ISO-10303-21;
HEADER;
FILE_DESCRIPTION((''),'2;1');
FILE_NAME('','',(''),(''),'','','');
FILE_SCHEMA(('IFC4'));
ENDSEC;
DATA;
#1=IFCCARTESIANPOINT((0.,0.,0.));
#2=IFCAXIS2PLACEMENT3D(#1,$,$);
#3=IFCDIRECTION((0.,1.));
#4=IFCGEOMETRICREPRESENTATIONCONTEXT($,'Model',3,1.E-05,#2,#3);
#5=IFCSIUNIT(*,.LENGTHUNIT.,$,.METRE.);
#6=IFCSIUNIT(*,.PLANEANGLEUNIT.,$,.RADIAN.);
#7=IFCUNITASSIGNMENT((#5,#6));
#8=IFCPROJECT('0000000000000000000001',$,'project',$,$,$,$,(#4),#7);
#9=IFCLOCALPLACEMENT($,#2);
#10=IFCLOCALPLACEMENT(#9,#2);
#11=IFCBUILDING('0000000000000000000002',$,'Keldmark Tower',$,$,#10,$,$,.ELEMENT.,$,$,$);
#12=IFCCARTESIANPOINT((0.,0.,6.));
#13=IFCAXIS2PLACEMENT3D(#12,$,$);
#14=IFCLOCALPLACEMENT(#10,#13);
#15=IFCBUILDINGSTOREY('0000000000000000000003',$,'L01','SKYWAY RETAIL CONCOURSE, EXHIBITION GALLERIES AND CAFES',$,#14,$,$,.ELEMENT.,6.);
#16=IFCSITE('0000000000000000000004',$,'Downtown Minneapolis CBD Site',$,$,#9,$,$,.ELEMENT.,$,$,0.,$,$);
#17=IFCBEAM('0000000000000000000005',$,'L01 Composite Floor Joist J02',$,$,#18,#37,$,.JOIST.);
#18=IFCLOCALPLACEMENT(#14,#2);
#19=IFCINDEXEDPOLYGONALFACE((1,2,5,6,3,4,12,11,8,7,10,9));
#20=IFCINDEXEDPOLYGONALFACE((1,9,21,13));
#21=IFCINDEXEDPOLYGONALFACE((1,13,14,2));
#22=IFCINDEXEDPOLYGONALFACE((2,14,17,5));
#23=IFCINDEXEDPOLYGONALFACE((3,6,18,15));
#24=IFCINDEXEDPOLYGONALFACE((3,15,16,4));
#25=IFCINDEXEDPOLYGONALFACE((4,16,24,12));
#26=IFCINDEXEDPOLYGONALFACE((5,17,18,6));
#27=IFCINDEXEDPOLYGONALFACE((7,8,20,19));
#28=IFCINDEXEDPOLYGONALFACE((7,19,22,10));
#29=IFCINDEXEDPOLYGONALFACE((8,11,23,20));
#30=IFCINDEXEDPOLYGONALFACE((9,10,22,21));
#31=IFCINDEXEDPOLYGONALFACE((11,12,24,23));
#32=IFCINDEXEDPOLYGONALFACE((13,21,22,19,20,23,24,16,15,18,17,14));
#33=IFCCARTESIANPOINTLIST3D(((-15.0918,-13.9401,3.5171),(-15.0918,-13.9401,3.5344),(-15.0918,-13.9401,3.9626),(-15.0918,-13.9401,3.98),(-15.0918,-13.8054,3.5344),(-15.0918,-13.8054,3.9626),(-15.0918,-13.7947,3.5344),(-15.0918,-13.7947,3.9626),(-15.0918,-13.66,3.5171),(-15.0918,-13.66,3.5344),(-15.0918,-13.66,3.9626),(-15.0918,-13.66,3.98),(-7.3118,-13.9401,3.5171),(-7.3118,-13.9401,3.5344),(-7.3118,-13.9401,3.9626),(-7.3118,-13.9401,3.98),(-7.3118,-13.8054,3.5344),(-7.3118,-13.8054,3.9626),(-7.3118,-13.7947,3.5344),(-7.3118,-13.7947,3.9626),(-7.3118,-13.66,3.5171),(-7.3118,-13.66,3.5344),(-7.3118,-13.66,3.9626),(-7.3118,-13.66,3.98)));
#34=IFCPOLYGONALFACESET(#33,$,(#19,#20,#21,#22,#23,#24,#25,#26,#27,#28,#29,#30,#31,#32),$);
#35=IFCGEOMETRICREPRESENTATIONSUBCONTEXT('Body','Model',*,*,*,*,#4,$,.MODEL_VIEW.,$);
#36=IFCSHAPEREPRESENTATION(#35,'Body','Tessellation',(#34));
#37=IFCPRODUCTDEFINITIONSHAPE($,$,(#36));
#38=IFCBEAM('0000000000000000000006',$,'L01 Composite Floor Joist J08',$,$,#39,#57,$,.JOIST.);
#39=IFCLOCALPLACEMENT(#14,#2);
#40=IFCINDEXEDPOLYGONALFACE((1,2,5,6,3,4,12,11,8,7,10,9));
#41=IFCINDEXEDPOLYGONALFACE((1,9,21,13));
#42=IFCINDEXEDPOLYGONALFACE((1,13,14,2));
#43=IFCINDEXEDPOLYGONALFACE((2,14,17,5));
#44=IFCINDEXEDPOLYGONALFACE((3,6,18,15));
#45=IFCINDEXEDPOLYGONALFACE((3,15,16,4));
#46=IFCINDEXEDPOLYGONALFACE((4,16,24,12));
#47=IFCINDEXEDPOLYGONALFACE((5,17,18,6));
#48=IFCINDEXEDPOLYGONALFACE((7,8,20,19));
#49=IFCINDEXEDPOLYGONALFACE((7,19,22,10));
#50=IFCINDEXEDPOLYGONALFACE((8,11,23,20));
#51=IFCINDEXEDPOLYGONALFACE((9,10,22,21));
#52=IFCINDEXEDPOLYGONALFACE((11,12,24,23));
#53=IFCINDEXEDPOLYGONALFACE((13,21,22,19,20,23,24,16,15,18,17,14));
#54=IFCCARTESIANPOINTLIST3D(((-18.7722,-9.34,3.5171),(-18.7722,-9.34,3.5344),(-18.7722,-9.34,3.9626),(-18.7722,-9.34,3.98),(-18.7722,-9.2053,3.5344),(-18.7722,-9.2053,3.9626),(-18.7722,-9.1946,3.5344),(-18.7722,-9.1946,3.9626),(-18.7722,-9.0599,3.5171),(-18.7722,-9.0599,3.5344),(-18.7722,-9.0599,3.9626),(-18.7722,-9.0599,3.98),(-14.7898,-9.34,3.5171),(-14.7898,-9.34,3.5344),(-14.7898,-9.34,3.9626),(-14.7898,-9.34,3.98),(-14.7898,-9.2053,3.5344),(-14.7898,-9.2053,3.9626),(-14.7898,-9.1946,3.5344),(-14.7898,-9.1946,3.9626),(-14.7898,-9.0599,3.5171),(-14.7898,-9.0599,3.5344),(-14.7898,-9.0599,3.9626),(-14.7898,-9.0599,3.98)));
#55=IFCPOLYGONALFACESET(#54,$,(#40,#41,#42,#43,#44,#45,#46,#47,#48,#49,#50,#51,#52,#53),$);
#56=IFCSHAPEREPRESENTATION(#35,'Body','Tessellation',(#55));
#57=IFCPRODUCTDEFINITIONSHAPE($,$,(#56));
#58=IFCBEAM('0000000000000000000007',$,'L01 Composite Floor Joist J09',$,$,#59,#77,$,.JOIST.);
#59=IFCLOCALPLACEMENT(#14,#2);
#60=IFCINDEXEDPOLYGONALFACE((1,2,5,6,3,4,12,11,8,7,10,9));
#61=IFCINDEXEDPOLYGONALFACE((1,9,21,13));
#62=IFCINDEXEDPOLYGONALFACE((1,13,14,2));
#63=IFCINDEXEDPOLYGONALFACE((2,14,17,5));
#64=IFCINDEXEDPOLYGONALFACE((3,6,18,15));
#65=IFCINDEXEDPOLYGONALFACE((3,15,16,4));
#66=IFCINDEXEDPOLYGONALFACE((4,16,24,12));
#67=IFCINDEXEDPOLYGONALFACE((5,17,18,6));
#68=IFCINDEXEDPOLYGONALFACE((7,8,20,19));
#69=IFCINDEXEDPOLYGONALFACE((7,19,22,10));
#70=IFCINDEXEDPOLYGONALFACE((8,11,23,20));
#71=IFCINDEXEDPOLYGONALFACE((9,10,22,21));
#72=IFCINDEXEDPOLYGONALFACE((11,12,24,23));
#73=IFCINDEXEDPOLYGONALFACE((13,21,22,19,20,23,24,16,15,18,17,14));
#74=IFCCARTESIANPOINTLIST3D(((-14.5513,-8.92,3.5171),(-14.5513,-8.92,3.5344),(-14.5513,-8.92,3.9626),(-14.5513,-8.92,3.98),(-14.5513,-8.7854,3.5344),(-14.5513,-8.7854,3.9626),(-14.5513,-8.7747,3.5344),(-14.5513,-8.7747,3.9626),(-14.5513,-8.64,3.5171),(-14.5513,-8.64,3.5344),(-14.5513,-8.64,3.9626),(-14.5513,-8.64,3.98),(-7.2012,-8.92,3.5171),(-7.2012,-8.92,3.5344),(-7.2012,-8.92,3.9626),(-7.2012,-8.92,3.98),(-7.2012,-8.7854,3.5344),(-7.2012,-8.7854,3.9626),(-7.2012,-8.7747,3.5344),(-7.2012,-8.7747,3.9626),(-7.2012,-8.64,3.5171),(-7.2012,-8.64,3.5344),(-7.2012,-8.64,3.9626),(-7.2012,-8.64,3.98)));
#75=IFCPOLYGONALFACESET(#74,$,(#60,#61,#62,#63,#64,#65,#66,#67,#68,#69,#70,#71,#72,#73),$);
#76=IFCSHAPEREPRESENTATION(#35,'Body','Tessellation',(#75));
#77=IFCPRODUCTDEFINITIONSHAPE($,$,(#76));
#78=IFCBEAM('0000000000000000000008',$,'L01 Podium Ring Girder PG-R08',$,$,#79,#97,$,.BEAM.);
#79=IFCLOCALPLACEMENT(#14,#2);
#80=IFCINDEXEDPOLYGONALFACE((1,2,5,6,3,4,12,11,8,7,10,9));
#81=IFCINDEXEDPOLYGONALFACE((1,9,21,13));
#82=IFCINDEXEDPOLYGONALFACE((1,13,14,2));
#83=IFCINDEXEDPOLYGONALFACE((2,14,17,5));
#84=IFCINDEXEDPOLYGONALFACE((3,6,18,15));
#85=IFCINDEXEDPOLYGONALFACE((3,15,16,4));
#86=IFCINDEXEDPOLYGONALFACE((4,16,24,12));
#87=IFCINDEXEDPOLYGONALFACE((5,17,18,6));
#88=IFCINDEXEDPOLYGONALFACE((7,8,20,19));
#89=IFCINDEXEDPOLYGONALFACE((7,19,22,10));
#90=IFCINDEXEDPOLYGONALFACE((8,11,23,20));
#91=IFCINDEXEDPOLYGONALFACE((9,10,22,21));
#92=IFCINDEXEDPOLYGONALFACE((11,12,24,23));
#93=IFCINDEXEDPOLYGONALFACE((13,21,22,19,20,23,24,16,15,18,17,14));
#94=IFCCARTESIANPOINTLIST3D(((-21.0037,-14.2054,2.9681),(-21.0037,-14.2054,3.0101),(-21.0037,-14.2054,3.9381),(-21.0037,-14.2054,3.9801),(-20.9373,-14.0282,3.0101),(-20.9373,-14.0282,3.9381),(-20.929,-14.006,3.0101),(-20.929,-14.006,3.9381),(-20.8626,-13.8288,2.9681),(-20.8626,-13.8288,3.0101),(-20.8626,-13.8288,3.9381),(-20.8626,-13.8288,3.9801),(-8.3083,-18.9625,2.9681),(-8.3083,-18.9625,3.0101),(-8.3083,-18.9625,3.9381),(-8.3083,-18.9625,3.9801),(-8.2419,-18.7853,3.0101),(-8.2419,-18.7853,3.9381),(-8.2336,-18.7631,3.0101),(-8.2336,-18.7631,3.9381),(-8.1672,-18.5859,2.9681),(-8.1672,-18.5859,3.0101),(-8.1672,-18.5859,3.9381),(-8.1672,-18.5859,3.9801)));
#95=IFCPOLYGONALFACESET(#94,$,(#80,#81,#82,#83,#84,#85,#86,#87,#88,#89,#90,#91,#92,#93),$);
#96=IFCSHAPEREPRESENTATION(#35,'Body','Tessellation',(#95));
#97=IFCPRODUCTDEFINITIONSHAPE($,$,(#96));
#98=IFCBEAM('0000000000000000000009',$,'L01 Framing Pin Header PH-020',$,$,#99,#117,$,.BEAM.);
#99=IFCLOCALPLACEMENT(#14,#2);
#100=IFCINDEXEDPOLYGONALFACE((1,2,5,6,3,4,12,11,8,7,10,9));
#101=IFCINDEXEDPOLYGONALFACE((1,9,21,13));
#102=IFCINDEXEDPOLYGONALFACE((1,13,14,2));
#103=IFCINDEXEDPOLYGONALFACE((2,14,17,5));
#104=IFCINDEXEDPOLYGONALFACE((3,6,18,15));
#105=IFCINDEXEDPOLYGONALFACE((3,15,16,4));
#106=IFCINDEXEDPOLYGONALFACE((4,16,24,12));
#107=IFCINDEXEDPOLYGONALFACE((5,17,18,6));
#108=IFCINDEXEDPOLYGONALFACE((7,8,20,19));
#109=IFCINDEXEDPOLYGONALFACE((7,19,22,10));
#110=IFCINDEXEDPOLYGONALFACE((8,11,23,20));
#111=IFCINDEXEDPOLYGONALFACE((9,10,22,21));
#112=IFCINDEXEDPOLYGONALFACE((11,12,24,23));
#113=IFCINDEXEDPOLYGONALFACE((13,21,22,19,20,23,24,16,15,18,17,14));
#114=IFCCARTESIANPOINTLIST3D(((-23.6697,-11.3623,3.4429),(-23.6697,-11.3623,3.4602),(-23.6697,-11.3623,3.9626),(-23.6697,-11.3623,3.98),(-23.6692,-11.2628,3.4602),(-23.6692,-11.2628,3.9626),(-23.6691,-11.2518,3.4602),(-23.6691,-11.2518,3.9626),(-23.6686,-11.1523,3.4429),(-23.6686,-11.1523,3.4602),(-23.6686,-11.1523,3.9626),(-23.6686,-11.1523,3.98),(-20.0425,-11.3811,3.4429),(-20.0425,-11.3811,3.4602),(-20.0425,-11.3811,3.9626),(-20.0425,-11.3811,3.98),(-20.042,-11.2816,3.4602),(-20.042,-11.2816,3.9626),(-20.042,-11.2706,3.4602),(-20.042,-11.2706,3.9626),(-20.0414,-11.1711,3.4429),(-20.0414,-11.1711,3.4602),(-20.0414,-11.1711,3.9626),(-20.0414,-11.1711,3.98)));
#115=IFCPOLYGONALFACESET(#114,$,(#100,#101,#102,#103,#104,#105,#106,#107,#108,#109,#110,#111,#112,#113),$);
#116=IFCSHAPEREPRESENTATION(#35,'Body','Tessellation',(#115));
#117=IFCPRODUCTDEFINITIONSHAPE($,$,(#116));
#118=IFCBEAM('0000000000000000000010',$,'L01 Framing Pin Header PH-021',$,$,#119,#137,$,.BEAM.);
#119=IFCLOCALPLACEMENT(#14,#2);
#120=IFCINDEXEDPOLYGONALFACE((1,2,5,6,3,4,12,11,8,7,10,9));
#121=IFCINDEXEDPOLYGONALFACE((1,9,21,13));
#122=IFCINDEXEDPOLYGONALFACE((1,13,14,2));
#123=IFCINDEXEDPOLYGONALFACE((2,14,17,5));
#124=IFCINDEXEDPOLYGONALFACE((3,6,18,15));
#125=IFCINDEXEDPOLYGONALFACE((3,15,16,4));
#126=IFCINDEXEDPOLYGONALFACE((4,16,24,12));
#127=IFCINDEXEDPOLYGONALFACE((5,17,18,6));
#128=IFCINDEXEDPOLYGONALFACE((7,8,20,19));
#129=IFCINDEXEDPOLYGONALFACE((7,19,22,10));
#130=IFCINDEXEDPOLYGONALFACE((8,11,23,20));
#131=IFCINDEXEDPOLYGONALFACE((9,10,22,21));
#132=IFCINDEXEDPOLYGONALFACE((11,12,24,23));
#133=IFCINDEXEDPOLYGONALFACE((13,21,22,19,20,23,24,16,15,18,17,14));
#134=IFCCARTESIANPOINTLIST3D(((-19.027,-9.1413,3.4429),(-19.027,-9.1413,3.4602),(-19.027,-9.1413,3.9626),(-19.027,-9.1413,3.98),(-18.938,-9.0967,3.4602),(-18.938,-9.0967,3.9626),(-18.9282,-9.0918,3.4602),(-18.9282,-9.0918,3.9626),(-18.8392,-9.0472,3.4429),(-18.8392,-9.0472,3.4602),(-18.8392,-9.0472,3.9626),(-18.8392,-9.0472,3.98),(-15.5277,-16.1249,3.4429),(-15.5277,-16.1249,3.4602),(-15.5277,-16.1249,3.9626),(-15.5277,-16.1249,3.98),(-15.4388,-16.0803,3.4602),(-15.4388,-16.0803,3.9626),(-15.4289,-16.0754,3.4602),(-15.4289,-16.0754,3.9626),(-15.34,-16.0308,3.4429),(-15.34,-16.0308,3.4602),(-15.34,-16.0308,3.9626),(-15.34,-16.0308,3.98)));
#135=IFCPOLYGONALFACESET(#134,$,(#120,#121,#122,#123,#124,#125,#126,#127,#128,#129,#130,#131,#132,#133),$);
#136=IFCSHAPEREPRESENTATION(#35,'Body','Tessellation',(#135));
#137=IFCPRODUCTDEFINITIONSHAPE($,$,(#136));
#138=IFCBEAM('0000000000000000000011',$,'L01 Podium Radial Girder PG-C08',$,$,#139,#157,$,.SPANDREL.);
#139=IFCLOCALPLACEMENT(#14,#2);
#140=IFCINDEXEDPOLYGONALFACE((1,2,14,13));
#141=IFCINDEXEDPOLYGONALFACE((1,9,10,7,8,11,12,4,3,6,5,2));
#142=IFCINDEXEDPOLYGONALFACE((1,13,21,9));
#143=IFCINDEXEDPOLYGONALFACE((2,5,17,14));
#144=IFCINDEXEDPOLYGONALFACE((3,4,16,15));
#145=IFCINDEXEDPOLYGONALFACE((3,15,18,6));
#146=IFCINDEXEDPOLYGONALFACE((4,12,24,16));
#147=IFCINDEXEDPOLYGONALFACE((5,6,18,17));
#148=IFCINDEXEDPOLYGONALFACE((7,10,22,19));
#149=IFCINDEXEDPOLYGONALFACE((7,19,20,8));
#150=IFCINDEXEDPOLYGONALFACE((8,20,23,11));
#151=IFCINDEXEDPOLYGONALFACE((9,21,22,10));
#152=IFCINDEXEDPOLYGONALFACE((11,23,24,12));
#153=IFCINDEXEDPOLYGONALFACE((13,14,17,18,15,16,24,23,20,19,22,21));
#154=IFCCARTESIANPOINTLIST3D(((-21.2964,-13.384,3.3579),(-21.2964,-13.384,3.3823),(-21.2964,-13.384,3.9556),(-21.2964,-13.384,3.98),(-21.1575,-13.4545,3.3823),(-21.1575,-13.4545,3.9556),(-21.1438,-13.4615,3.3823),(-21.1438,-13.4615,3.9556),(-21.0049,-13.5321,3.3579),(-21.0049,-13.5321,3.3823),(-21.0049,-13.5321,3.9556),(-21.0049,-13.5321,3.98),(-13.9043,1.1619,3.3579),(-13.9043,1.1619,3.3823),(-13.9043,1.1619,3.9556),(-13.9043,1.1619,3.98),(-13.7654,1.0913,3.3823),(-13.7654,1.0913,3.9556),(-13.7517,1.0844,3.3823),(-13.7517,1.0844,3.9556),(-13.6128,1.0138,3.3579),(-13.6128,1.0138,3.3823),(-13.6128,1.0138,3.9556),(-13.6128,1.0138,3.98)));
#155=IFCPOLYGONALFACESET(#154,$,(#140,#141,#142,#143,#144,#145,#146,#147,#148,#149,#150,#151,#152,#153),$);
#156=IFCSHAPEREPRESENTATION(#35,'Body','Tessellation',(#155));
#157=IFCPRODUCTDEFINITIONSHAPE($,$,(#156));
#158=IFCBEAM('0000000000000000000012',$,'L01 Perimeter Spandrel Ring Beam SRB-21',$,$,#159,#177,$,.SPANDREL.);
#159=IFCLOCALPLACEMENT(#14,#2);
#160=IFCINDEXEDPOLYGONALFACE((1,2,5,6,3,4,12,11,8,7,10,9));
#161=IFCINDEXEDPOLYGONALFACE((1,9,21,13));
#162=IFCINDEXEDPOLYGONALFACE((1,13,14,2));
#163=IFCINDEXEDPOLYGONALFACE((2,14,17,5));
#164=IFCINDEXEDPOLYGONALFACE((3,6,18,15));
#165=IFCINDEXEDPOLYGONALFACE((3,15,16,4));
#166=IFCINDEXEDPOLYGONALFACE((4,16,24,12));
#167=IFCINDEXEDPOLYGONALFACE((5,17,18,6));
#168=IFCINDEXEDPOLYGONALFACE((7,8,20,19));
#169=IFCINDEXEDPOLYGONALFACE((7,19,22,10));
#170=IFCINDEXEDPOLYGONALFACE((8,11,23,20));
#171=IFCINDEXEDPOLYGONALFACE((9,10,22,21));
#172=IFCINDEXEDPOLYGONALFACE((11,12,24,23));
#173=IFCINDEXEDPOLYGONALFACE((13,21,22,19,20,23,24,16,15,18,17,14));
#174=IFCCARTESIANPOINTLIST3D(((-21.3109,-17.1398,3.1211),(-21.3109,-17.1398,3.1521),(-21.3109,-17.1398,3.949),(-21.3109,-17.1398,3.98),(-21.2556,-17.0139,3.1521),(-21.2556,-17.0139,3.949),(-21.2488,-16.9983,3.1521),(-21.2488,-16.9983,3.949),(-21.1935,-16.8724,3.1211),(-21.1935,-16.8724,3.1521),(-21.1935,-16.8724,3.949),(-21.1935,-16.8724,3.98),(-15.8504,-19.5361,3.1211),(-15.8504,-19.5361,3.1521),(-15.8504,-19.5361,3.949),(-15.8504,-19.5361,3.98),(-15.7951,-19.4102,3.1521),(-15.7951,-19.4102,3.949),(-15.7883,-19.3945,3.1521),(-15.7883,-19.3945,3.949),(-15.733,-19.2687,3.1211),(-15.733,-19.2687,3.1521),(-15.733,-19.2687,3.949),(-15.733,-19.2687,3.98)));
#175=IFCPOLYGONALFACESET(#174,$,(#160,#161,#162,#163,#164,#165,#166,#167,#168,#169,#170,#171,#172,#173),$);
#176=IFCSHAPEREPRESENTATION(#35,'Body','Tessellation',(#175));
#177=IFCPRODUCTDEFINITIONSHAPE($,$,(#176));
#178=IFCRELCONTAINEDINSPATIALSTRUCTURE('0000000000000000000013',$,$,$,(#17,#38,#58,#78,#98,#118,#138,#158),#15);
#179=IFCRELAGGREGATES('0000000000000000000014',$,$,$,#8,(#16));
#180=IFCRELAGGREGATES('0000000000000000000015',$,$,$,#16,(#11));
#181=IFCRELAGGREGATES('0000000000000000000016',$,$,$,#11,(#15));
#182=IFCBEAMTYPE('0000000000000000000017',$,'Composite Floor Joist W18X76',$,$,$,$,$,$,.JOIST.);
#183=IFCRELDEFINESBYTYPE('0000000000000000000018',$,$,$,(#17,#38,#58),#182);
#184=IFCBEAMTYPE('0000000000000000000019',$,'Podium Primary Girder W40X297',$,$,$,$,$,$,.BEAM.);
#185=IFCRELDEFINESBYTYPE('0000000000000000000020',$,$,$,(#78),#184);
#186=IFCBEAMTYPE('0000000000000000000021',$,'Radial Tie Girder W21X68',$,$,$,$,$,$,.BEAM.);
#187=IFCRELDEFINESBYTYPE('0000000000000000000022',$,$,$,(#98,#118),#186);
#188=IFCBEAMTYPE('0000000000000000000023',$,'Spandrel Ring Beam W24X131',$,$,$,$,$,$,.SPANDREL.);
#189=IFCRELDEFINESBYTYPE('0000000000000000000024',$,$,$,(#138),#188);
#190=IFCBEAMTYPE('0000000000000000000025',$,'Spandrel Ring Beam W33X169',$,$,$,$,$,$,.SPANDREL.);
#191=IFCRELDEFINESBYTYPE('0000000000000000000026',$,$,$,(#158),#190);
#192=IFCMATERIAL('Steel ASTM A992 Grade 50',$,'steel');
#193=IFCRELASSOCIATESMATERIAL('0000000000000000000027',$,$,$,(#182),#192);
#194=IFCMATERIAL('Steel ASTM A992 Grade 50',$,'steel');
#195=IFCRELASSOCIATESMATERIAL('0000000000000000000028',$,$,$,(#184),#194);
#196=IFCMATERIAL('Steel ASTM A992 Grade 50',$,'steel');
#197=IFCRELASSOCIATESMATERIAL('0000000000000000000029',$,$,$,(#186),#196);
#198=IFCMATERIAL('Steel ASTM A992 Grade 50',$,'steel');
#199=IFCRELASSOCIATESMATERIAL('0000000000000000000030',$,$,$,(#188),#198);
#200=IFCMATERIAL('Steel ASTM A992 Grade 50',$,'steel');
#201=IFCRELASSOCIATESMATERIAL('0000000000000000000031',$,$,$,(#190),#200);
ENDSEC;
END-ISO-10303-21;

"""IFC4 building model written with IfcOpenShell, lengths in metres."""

from ifc_helpers import new_model, si_unit, direction, frame, origin, origin_2d, place, context, subcontext, project, spatial, i_section, extrude, material, material_profile, profile_set, type_object, element, save


model = new_model("IFC4")

# Units and contexts
model_context = context("Model", 3, precision=1e-05, world=origin(), true_north=direction((0.0, 1.0)))
body_context = subcontext(model_context, "Body", "Model", "MODEL_VIEW")
ifc_project = project(units=[si_unit("LENGTHUNIT", "METRE"), si_unit("PLANEANGLEUNIT", "RADIAN")], contexts=[model_context])

# Site, building, storey
site_placement = place(None, origin())
site = spatial("IfcSite", under=ifc_project, at=site_placement, Name="Downtown Minneapolis CBD Site", CompositionType="ELEMENT", RefElevation=0.0)
building_placement = place(site_placement, origin())
building = spatial("IfcBuilding", under=site, at=building_placement, Name="Keldmark Tower", CompositionType="ELEMENT")
storey_placement = place(building_placement, frame((0.0, 0.0, 6.0)))
storey = spatial("IfcBuildingStorey", under=building, at=storey_placement, Name="L01", Description="SKYWAY RETAIL CONCOURSE, EXHIBITION GALLERIES AND CAFES", CompositionType="ELEMENT", Elevation=6.0)

# Beams
ifc_material_1 = material(Name="Steel ASTM A992 Grade 50", Category="steel")
ifc_material_profile_1 = material_profile(ifc_material_1, i_section(OverallWidth=0.28, OverallDepth=0.4629, WebThickness=0.0107, FlangeThickness=0.0173, at=origin_2d()), Name="W18X76")
ifc_profile_set_1 = profile_set([ifc_material_profile_1], Name="Steel ASTM A992 Grade 50")
beam_type_1 = type_object("IfcBeamType", Name="Composite Floor Joist W18X76", PredefinedType="JOIST", material=ifc_profile_set_1)
beam_1_placement = place(storey_placement, frame((-15.0918, -13.8, 3.7485), z_axis=(1.0, 0.0, 0.0), x_axis=(0.0, 1.0, 0.0)))
element("IfcBeam", 1, at=beam_1_placement, inside=storey, type_object=beam_type_1, Name="L01 Composite Floor Joist J02", PredefinedType="JOIST", context=body_context, shape_type="SweptSolid", body=[
    extrude(i_section(OverallWidth=0.28, OverallDepth=0.4629, WebThickness=0.0107, FlangeThickness=0.0173, at=origin_2d()), origin(), (0.0, 0.0, 1.0), 7.78),
])
beam_2_placement = place(storey_placement, frame((-18.7722, -9.2, 3.7485), z_axis=(1.0, 0.0, 0.0), x_axis=(0.0, 1.0, 0.0)))
element("IfcBeam", 2, at=beam_2_placement, inside=storey, type_object=beam_type_1, Name="L01 Composite Floor Joist J08", PredefinedType="JOIST", context=body_context, shape_type="SweptSolid", body=[
    extrude(i_section(OverallWidth=0.28, OverallDepth=0.4629, WebThickness=0.0107, FlangeThickness=0.0173, at=origin_2d()), origin(), (0.0, 0.0, 1.0), 3.9824),
])
beam_3_placement = place(storey_placement, frame((-14.5513, -8.78, 3.7485), z_axis=(1.0, 0.0, 0.0), x_axis=(0.0, 1.0, 0.0)))
element("IfcBeam", 3, at=beam_3_placement, inside=storey, type_object=beam_type_1, Name="L01 Composite Floor Joist J09", PredefinedType="JOIST", context=body_context, shape_type="SweptSolid", body=[
    extrude(i_section(OverallWidth=0.28, OverallDepth=0.4629, WebThickness=0.0107, FlangeThickness=0.0173, at=origin_2d()), origin(), (0.0, 0.0, 1.0), 7.3501),
])
ifc_material_2 = material(Name="Steel ASTM A992 Grade 50", Category="steel")
ifc_material_profile_2 = material_profile(ifc_material_2, i_section(OverallWidth=0.4021, OverallDepth=1.012, WebThickness=0.0237, FlangeThickness=0.042, at=origin_2d()), Name="W40X297")
ifc_profile_set_2 = profile_set([ifc_material_profile_2], Name="Steel ASTM A992 Grade 50")
beam_type_2 = type_object("IfcBeamType", Name="Podium Primary Girder W40X297", PredefinedType="BEAM", material=ifc_profile_set_2)
beam_4_placement = place(storey_placement, frame((-20.9331, -14.0171, 3.4741), z_axis=(0.936418, -0.350887, 0.0), x_axis=(0.350887, 0.936418, 0.0)))
element("IfcBeam", 4, at=beam_4_placement, inside=storey, type_object=beam_type_2, Name="L01 Podium Ring Girder PG-R08", PredefinedType="BEAM", context=body_context, shape_type="SweptSolid", body=[
    extrude(i_section(OverallWidth=0.4021, OverallDepth=1.012, WebThickness=0.0237, FlangeThickness=0.042, at=origin_2d()), origin(), (0.0, 0.0, 1.0), 13.5574),
])
ifc_material_3 = material(Name="Steel ASTM A992 Grade 50", Category="steel")
ifc_material_profile_3 = material_profile(ifc_material_3, i_section(OverallWidth=0.21, OverallDepth=0.5371, WebThickness=0.011, FlangeThickness=0.0173, at=origin_2d()), Name="W21X68")
ifc_profile_set_3 = profile_set([ifc_material_profile_3], Name="Steel ASTM A992 Grade 50")
beam_type_3 = type_object("IfcBeamType", Name="Radial Tie Girder W21X68", PredefinedType="BEAM", material=ifc_profile_set_3)
beam_5_placement = place(storey_placement, frame((-20.042, -11.2761, 3.7114), z_axis=(-0.999987, 0.005183, 0.0), x_axis=(-0.005183, -0.999987, 0.0)))
element("IfcBeam", 5, at=beam_5_placement, inside=storey, type_object=beam_type_3, Name="L01 Framing Pin Header PH-020", PredefinedType="BEAM", context=body_context, shape_type="SweptSolid", body=[
    extrude(i_section(OverallWidth=0.21, OverallDepth=0.5371, WebThickness=0.011, FlangeThickness=0.0173, at=origin_2d()), origin(), (0.0, 0.0, 1.0), 3.6272),
])
beam_6_placement = place(storey_placement, frame((-18.9331, -9.0942, 3.7114), z_axis=(0.447976, -0.894046, 0.0), x_axis=(0.894046, 0.447976, 0.0)))
element("IfcBeam", 6, at=beam_6_placement, inside=storey, type_object=beam_type_3, Name="L01 Framing Pin Header PH-021", PredefinedType="BEAM", context=body_context, shape_type="SweptSolid", body=[
    extrude(i_section(OverallWidth=0.21, OverallDepth=0.5371, WebThickness=0.011, FlangeThickness=0.0173, at=origin_2d()), origin(), (0.0, 0.0, 1.0), 7.8113),
])
ifc_material_4 = material(Name="Steel ASTM A992 Grade 50", Category="steel")
ifc_material_profile_4 = material_profile(ifc_material_4, i_section(OverallWidth=0.3269, OverallDepth=0.6221, WebThickness=0.0154, FlangeThickness=0.0244, at=origin_2d()), Name="W24X131")
ifc_profile_set_4 = profile_set([ifc_material_profile_4], Name="Steel ASTM A992 Grade 50")
beam_type_4 = type_object("IfcBeamType", Name="Spandrel Ring Beam W24X131", PredefinedType="SPANDREL", material=ifc_profile_set_4)
beam_7_placement = place(storey_placement, frame((-21.1506, -13.458, 3.6689), z_axis=(0.453046, 0.891487, 0.0), x_axis=(-0.891487, 0.453046, 0.0)))
element("IfcBeam", 7, at=beam_7_placement, inside=storey, type_object=beam_type_4, Name="L01 Podium Radial Girder PG-C08", PredefinedType="SPANDREL", context=body_context, shape_type="SweptSolid", body=[
    extrude(i_section(OverallWidth=0.3269, OverallDepth=0.6221, WebThickness=0.0154, FlangeThickness=0.0244, at=origin_2d()), origin(), (0.0, 0.0, 1.0), 16.3164),
])
ifc_material_5 = material(Name="Steel ASTM A992 Grade 50", Category="steel")
ifc_material_profile_5 = material_profile(ifc_material_5, i_section(OverallWidth=0.292, OverallDepth=0.8589, WebThickness=0.0171, FlangeThickness=0.031, at=origin_2d()), Name="W33X169")
ifc_profile_set_5 = profile_set([ifc_material_profile_5], Name="Steel ASTM A992 Grade 50")
beam_type_5 = type_object("IfcBeamType", Name="Spandrel Ring Beam W33X169", PredefinedType="SPANDREL", material=ifc_profile_set_5)
beam_8_placement = place(storey_placement, frame((-21.2522, -17.0061, 3.5505), z_axis=(0.915708, -0.401845, 0.0), x_axis=(0.401845, 0.915708, 0.0)))
element("IfcBeam", 8, at=beam_8_placement, inside=storey, type_object=beam_type_5, Name="L01 Perimeter Spandrel Ring Beam SRB-21", PredefinedType="SPANDREL", context=body_context, shape_type="SweptSolid", body=[
    extrude(i_section(OverallWidth=0.292, OverallDepth=0.8589, WebThickness=0.0171, FlangeThickness=0.031, at=origin_2d()), origin(), (0.0, 0.0, 1.0), 5.9631),
])

save(model, "model.ifc")
